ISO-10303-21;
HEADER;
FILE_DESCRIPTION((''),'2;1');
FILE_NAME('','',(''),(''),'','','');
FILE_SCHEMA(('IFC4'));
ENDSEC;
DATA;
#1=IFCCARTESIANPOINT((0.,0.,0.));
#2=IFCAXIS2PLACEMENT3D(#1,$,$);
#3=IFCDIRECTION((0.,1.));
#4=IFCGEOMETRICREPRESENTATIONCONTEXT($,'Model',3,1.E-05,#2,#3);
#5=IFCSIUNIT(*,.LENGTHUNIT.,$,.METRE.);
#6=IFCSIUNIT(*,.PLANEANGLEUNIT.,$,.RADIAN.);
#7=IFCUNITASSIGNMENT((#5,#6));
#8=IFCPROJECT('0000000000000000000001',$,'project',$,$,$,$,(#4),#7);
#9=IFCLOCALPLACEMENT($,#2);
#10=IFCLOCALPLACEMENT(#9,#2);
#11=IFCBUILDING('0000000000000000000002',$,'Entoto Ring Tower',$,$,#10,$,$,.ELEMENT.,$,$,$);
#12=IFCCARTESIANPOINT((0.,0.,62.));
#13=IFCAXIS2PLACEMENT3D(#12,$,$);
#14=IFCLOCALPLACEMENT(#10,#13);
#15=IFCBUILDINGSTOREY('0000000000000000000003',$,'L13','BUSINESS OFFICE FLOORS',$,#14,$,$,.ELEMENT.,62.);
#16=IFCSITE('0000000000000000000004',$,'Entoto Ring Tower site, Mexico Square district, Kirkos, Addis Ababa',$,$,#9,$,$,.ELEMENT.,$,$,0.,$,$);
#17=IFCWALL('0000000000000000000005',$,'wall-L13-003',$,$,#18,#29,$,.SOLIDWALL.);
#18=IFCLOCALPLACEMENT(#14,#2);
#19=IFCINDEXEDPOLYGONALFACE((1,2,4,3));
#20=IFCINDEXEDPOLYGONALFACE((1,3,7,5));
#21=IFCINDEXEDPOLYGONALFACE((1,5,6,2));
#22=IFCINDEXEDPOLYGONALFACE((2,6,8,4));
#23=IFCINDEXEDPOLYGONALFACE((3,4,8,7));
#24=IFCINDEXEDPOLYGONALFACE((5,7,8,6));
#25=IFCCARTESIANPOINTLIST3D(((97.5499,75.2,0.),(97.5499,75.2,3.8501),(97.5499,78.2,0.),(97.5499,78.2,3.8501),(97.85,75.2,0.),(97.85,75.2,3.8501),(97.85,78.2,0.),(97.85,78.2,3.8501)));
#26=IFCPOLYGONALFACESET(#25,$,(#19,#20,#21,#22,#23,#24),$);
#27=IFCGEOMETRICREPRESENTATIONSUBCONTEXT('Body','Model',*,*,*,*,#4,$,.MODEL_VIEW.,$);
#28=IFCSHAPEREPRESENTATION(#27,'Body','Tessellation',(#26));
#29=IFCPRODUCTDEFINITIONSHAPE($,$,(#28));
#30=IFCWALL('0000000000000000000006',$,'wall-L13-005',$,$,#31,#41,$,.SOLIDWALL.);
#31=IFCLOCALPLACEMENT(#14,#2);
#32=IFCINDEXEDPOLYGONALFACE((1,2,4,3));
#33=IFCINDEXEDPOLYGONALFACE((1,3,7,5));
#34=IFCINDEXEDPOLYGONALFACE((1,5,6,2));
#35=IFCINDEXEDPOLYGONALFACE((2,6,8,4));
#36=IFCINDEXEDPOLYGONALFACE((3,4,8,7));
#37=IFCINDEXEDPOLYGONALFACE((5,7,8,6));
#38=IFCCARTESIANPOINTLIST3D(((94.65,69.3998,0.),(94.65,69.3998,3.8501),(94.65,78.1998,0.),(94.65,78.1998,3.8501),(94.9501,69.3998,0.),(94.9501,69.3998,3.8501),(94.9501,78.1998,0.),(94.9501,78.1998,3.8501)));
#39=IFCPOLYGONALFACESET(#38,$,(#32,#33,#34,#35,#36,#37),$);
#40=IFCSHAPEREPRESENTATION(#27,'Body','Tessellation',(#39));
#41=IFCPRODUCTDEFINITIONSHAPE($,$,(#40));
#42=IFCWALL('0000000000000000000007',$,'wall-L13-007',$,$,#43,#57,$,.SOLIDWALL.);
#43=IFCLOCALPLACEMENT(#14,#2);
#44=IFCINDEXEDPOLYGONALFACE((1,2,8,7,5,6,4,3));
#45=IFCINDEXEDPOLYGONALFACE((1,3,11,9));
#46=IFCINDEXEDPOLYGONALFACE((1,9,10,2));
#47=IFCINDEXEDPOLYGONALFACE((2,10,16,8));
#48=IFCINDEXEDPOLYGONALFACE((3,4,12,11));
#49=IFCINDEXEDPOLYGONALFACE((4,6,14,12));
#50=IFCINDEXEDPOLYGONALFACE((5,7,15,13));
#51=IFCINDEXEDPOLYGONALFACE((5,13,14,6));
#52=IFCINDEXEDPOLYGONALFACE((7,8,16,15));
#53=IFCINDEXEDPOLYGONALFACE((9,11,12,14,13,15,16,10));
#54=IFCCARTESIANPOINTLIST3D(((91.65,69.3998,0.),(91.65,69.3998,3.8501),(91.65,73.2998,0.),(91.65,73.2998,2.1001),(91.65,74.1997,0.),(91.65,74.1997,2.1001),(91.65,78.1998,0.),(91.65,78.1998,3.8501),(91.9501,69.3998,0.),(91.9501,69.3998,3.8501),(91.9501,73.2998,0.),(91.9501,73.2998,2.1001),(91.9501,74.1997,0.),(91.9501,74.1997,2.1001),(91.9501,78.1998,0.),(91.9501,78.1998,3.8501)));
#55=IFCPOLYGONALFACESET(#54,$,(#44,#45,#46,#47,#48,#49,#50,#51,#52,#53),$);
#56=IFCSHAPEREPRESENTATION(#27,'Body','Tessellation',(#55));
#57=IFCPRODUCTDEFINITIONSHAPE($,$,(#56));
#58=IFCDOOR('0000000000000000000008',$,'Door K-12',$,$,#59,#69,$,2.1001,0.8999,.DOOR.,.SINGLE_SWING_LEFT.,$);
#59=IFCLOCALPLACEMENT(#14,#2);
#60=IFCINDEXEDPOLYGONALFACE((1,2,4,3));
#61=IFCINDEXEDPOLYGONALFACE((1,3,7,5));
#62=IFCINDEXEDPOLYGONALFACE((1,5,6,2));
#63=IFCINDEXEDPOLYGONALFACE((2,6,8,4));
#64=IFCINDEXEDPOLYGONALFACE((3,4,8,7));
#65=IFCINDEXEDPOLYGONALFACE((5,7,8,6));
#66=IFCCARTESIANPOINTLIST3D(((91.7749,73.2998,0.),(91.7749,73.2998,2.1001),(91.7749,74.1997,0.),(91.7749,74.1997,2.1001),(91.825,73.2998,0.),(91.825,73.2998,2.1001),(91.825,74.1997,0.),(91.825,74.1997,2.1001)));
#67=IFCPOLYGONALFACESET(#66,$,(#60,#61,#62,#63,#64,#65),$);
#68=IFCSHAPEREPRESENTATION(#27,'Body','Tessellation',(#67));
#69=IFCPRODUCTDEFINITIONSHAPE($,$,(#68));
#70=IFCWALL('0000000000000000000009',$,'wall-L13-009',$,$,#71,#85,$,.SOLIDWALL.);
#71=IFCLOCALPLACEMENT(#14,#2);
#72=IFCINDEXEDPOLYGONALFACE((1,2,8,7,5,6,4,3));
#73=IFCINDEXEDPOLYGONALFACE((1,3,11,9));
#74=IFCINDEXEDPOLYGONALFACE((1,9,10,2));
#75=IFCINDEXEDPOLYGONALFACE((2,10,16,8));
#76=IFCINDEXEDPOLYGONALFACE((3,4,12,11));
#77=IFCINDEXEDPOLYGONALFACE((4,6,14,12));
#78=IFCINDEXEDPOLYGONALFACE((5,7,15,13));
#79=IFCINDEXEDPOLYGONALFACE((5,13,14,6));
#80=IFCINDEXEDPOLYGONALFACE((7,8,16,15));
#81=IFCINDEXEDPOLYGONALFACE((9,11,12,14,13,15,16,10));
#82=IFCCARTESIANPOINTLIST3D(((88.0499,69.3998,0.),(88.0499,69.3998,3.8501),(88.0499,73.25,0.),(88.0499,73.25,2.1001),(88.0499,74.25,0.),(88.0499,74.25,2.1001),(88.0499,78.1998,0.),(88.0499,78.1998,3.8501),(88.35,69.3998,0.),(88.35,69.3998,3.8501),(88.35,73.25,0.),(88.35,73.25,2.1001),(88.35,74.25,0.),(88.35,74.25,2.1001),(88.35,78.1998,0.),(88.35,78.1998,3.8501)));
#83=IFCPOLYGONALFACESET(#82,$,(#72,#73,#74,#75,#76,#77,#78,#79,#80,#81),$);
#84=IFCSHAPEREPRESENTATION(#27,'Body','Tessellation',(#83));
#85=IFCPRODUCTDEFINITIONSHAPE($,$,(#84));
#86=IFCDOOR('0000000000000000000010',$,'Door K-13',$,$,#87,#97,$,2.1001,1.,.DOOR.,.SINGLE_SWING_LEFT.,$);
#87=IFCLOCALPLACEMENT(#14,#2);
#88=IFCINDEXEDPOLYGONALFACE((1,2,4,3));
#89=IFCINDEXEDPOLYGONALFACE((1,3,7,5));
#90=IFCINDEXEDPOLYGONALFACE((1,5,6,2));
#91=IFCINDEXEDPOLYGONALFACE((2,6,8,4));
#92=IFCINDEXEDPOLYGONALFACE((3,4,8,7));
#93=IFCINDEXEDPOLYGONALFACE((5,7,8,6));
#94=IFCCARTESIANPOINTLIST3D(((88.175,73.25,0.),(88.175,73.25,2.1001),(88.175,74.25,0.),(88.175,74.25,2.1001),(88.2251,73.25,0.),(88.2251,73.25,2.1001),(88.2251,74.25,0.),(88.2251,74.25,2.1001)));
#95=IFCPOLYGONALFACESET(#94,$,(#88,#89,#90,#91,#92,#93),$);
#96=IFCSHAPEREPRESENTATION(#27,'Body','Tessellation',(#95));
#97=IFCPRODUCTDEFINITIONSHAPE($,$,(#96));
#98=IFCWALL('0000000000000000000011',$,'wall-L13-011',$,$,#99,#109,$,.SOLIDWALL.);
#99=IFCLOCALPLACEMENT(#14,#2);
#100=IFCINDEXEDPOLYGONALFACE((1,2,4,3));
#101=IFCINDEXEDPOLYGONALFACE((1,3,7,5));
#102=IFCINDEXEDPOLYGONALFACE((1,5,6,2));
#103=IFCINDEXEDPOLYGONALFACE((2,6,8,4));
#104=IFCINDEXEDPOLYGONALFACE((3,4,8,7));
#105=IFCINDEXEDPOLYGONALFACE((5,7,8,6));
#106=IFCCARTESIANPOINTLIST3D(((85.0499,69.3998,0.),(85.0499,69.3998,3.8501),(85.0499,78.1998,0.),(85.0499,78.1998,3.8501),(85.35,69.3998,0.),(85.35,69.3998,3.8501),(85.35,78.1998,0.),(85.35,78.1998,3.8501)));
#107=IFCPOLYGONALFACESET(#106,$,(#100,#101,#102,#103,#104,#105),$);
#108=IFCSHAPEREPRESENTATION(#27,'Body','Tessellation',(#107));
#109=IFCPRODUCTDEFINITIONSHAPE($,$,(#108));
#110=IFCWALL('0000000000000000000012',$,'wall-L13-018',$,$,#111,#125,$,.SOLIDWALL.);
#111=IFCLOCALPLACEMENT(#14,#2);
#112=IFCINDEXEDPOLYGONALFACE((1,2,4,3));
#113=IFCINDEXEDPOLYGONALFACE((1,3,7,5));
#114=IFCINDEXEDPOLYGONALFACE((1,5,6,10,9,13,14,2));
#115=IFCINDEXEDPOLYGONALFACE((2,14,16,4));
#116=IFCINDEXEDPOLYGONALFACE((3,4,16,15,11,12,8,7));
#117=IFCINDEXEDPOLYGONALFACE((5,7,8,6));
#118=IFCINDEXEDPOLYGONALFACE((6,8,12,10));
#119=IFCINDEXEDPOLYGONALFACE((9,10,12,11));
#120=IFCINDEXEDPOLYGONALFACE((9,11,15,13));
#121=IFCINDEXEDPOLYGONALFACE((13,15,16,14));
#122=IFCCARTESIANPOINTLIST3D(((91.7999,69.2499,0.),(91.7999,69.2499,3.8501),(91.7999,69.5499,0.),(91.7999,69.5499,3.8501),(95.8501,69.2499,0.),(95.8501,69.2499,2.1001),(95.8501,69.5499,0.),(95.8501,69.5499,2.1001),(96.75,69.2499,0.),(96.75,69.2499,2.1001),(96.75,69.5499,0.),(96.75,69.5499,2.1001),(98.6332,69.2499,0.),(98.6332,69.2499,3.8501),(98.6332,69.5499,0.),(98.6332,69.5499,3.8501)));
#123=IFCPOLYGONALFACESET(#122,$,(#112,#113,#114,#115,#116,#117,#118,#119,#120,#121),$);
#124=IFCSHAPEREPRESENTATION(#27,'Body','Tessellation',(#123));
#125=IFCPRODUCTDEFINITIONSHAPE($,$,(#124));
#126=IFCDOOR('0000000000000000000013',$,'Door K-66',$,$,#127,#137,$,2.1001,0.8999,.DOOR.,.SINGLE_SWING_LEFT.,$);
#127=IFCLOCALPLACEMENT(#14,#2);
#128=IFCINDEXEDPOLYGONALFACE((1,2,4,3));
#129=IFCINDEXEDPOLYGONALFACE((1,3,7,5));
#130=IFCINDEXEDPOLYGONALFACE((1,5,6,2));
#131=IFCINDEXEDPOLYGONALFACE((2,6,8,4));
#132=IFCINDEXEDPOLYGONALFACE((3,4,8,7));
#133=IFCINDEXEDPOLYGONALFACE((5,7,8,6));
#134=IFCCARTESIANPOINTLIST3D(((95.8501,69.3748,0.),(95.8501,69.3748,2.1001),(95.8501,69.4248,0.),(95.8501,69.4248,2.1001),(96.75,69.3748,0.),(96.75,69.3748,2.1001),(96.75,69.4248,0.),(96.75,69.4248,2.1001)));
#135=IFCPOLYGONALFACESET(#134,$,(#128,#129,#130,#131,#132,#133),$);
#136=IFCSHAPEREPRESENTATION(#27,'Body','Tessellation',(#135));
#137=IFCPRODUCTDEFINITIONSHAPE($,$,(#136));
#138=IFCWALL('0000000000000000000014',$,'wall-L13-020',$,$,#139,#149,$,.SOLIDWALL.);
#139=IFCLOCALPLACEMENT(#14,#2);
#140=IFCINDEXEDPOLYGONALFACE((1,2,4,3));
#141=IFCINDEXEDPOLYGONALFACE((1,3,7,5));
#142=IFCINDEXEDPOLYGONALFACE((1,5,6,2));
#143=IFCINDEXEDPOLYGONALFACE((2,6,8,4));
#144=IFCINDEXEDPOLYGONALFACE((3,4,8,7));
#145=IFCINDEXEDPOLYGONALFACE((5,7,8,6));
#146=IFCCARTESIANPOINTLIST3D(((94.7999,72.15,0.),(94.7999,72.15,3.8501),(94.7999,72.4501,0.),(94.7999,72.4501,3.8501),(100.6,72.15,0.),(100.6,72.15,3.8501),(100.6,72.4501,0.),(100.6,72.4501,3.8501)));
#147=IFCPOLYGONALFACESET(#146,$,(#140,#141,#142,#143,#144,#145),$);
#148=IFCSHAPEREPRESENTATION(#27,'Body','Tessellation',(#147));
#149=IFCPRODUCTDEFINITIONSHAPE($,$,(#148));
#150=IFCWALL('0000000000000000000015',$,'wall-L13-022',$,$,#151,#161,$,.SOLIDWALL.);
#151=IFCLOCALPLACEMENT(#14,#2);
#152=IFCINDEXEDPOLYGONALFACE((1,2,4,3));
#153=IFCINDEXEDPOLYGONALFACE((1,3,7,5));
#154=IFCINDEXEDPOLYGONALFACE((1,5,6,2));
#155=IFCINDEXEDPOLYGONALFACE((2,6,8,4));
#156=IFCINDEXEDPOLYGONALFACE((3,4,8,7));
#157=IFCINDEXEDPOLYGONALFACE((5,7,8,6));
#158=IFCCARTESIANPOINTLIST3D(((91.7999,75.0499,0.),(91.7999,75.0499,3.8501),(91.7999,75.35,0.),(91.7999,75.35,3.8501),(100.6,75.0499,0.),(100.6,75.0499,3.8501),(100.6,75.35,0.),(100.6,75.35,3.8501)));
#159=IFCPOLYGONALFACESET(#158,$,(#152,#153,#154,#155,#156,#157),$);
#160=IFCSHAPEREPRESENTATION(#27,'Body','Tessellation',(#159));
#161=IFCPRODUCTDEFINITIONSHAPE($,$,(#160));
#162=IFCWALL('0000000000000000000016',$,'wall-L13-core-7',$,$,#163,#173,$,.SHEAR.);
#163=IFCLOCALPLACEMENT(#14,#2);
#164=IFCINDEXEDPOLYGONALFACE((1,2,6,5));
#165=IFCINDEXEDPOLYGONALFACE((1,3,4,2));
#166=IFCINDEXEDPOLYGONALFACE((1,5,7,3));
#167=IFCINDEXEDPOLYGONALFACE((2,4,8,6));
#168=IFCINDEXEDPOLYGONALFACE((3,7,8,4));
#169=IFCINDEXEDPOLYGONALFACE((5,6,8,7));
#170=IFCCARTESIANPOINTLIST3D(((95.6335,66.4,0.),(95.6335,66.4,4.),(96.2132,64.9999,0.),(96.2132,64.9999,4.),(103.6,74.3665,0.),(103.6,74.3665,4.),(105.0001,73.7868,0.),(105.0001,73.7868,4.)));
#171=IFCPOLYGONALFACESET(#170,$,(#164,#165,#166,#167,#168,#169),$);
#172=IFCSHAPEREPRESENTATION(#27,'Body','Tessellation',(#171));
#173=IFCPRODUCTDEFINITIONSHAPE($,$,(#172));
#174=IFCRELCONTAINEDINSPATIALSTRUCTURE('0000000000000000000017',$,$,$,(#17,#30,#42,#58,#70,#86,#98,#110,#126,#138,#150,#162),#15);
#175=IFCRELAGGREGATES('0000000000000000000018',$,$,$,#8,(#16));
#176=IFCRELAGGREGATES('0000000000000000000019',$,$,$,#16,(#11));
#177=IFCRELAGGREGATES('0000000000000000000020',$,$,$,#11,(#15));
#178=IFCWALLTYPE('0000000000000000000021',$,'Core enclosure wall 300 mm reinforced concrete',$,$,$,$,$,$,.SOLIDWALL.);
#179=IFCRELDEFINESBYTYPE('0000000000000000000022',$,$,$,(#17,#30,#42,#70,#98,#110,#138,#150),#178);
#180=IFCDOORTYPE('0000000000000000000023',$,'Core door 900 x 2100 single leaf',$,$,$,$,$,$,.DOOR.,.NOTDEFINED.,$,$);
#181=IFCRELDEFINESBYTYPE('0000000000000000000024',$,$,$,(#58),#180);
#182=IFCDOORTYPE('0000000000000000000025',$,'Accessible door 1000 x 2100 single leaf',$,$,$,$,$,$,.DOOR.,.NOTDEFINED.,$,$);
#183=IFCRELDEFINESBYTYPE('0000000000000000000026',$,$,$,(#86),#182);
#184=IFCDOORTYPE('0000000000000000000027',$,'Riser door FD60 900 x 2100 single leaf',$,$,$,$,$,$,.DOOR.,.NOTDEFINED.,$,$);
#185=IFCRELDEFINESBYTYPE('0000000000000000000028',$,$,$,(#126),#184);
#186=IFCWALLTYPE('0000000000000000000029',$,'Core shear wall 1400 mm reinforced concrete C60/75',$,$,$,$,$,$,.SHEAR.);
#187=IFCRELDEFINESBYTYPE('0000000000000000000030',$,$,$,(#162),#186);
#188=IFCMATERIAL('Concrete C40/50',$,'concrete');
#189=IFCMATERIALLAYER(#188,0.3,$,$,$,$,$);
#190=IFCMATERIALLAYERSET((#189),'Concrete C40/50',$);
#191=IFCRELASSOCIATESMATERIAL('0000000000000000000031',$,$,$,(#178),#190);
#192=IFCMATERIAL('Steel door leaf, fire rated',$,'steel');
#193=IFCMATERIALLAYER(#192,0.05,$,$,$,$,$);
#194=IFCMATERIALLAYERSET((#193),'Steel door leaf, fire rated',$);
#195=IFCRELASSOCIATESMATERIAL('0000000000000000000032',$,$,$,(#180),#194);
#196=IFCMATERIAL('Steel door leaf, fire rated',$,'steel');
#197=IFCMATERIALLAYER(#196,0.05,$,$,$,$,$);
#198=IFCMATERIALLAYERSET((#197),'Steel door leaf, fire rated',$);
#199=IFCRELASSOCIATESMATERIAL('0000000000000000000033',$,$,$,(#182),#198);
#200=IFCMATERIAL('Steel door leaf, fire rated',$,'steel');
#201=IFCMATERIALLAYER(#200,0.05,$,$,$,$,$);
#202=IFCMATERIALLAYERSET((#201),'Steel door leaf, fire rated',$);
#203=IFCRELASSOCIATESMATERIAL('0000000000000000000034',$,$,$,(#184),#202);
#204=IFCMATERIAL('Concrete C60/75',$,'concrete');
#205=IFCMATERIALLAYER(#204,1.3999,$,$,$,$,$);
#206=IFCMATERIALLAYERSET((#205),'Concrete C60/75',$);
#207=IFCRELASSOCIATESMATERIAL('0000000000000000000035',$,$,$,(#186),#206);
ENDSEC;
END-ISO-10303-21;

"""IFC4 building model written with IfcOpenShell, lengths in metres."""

from ifc_helpers import new_model, si_unit, direction, frame, frame_2d, origin, place, context, subcontext, project, spatial, polyline, rectangle, outline, extrude, material, layer, layer_set, type_object, element, fill, save


model = new_model("IFC4")

# Units and contexts
model_context = context("Model", 3, precision=1e-05, world=origin(), true_north=direction((0.0, 1.0)))
body_context = subcontext(model_context, "Body", "Model", "MODEL_VIEW")
ifc_project = project(units=[si_unit("LENGTHUNIT", "METRE"), si_unit("PLANEANGLEUNIT", "RADIAN")], contexts=[model_context])

# Site, building, storey
site_placement = place(None, origin())
site = spatial("IfcSite", under=ifc_project, at=site_placement, Name="Entoto Ring Tower site, Mexico Square district, Kirkos, Addis Ababa", CompositionType="ELEMENT", RefElevation=0.0)
building_placement = place(site_placement, origin())
building = spatial("IfcBuilding", under=site, at=building_placement, Name="Entoto Ring Tower", CompositionType="ELEMENT")
storey_placement = place(building_placement, frame((0.0, 0.0, 62.0)))
storey = spatial("IfcBuildingStorey", under=building, at=storey_placement, Name="L13", Description="BUSINESS OFFICE FLOORS", CompositionType="ELEMENT", Elevation=62.0)

# Walls
ifc_material_1 = material(Name="Concrete C40/50", Category="concrete")
ifc_layer_1 = layer(ifc_material_1, 0.3)
ifc_layer_set_1 = layer_set([ifc_layer_1], Name="Concrete C40/50")
wall_type_1 = type_object("IfcWallType", Name="Core enclosure wall 300 mm reinforced concrete", PredefinedType="SOLIDWALL", material=ifc_layer_set_1)
wall_1_placement = place(storey_placement, frame((97.7, 75.2, 0.0), z_axis=(0.0, 0.0, 1.0), x_axis=(0.0, 1.0, 0.0)))
element("IfcWall", 1, at=wall_1_placement, inside=storey, type_object=wall_type_1, Name="wall-L13-003", PredefinedType="SOLIDWALL", context=body_context, shape_type="SweptSolid", body=[
    extrude(rectangle(XDim=3.0, YDim=0.3, at=frame_2d((1.5, 0.0))), origin(), (0.0, 0.0, 1.0), 3.8501),
])
wall_2_placement = place(storey_placement, frame((94.8, 69.3999, 0.0), z_axis=(0.0, 0.0, 1.0), x_axis=(0.0, 1.0, 0.0)))
element("IfcWall", 2, at=wall_2_placement, inside=storey, type_object=wall_type_1, Name="wall-L13-005", PredefinedType="SOLIDWALL", context=body_context, shape_type="SweptSolid", body=[
    extrude(rectangle(XDim=8.8, YDim=0.3, at=frame_2d((4.3999, 0.0))), origin(), (0.0, 0.0, 1.0), 3.8501),
])

# Walls, openings, doors
wall_3_placement = place(storey_placement, frame((91.8, 69.3999, 0.0), z_axis=(0.0, 0.0, 1.0), x_axis=(0.0, 1.0, 0.0)))
wall_3 = element("IfcWall", 3, at=wall_3_placement, inside=storey, type_object=wall_type_1, Name="wall-L13-007", PredefinedType="SOLIDWALL", context=body_context, shape_type="SweptSolid", body=[
    extrude(rectangle(XDim=8.8, YDim=0.3, at=frame_2d((4.3999, 0.0))), origin(), (0.0, 0.0, 1.0), 3.8501),
])
opening_1_placement = place(wall_3_placement, frame((3.8999, 0.0, 0.0)))
opening_1 = element("IfcOpeningElement", 4, at=opening_1_placement, cuts=wall_3, PredefinedType="OPENING", context=body_context, shape_type="SweptSolid", body=[
    extrude(rectangle(XDim=0.8999, YDim=2.1001, at=frame_2d((0.45, 1.05))), frame((0.0, 0.1602, 0.0), z_axis=(0.0, -1.0, 0.0), x_axis=(1.0, 0.0, 0.0)), (0.0, 0.0, 1.0), 0.3201),
])
ifc_material_2 = material(Name="Steel door leaf, fire rated", Category="steel")
ifc_layer_2 = layer(ifc_material_2, 0.05)
ifc_layer_set_2 = layer_set([ifc_layer_2], Name="Steel door leaf, fire rated")
door_type_1 = type_object("IfcDoorType", Name="Core door 900 x 2100 single leaf", OperationType="NOTDEFINED", PredefinedType="DOOR", material=ifc_layer_set_2)
door_1_placement = place(opening_1_placement, frame((0.8999, 0.0, 0.0), z_axis=(0.0, 0.0, 1.0), x_axis=(-1.0, 0.0, 0.0)))
door_1 = element("IfcDoor", 5, at=door_1_placement, inside=storey, type_object=door_type_1, Name="Door K-12", OperationType="SINGLE_SWING_LEFT", OverallHeight=2.1001, OverallWidth=0.8999, PredefinedType="DOOR", context=body_context, shape_type="SweptSolid", body=[
    extrude(rectangle(XDim=0.8999, YDim=2.1001, at=frame_2d((0.45, 1.05))), frame((0.0, 0.0249, 0.0), z_axis=(0.0, -1.0, 0.0), x_axis=(1.0, 0.0, 0.0)), (0.0, 0.0, 1.0), 0.05),
])
fill(opening_1, door_1)
wall_4_placement = place(storey_placement, frame((88.2, 69.3999, 0.0), z_axis=(0.0, 0.0, 1.0), x_axis=(0.0, 1.0, 0.0)))
wall_4 = element("IfcWall", 6, at=wall_4_placement, inside=storey, type_object=wall_type_1, Name="wall-L13-009", PredefinedType="SOLIDWALL", context=body_context, shape_type="SweptSolid", body=[
    extrude(rectangle(XDim=8.8, YDim=0.3, at=frame_2d((4.3999, 0.0))), origin(), (0.0, 0.0, 1.0), 3.8501),
])
opening_2_placement = place(wall_4_placement, frame((3.8501, 0.0, 0.0)))
opening_2 = element("IfcOpeningElement", 7, at=opening_2_placement, cuts=wall_4, PredefinedType="OPENING", context=body_context, shape_type="SweptSolid", body=[
    extrude(rectangle(XDim=1.0, YDim=2.1001, at=frame_2d((0.5, 1.05))), frame((0.0, 0.1602, 0.0), z_axis=(0.0, -1.0, 0.0), x_axis=(1.0, 0.0, 0.0)), (0.0, 0.0, 1.0), 0.3201),
])
ifc_material_3 = material(Name="Steel door leaf, fire rated", Category="steel")
ifc_layer_3 = layer(ifc_material_3, 0.05)
ifc_layer_set_3 = layer_set([ifc_layer_3], Name="Steel door leaf, fire rated")
door_type_2 = type_object("IfcDoorType", Name="Accessible door 1000 x 2100 single leaf", OperationType="NOTDEFINED", PredefinedType="DOOR", material=ifc_layer_set_3)
door_2_placement = place(opening_2_placement, origin())
door_2 = element("IfcDoor", 8, at=door_2_placement, inside=storey, type_object=door_type_2, Name="Door K-13", OperationType="SINGLE_SWING_LEFT", OverallHeight=2.1001, OverallWidth=1.0, PredefinedType="DOOR", context=body_context, shape_type="SweptSolid", body=[
    extrude(rectangle(XDim=1.0, YDim=2.1001, at=frame_2d((0.5, 1.05))), frame((0.0, 0.0249, 0.0), z_axis=(0.0, -1.0, 0.0), x_axis=(1.0, 0.0, 0.0)), (0.0, 0.0, 1.0), 0.05),
])
fill(opening_2, door_2)

# Wall
wall_5_placement = place(storey_placement, frame((85.2, 69.3999, 0.0), z_axis=(0.0, 0.0, 1.0), x_axis=(0.0, 1.0, 0.0)))
element("IfcWall", 9, at=wall_5_placement, inside=storey, type_object=wall_type_1, Name="wall-L13-011", PredefinedType="SOLIDWALL", context=body_context, shape_type="SweptSolid", body=[
    extrude(rectangle(XDim=8.8, YDim=0.3, at=frame_2d((4.3999, 0.0))), origin(), (0.0, 0.0, 1.0), 3.8501),
])

# Wall, opening, door
wall_6_placement = place(storey_placement, frame((91.8, 69.3999, 0.0), z_axis=(0.0, 0.0, 1.0), x_axis=(1.0, 0.0, 0.0)))
wall_6 = element("IfcWall", 10, at=wall_6_placement, inside=storey, type_object=wall_type_1, Name="wall-L13-018", PredefinedType="SOLIDWALL", context=body_context, shape_type="SweptSolid", body=[
    extrude(rectangle(XDim=6.8333, YDim=0.3, at=frame_2d((3.4165, 0.0))), origin(), (0.0, 0.0, 1.0), 3.8501),
])
opening_3_placement = place(wall_6_placement, frame((4.05, 0.0, 0.0)))
opening_3 = element("IfcOpeningElement", 11, at=opening_3_placement, cuts=wall_6, PredefinedType="OPENING", context=body_context, shape_type="SweptSolid", body=[
    extrude(rectangle(XDim=0.8999, YDim=2.1001, at=frame_2d((0.45, 1.05))), frame((0.0, 0.1602, 0.0), z_axis=(0.0, -1.0, 0.0), x_axis=(1.0, 0.0, 0.0)), (0.0, 0.0, 1.0), 0.3201),
])
ifc_material_4 = material(Name="Steel door leaf, fire rated", Category="steel")
ifc_layer_4 = layer(ifc_material_4, 0.05)
ifc_layer_set_4 = layer_set([ifc_layer_4], Name="Steel door leaf, fire rated")
door_type_3 = type_object("IfcDoorType", Name="Riser door FD60 900 x 2100 single leaf", OperationType="NOTDEFINED", PredefinedType="DOOR", material=ifc_layer_set_4)
door_3_placement = place(opening_3_placement, origin())
door_3 = element("IfcDoor", 12, at=door_3_placement, inside=storey, type_object=door_type_3, Name="Door K-66", OperationType="SINGLE_SWING_LEFT", OverallHeight=2.1001, OverallWidth=0.8999, PredefinedType="DOOR", context=body_context, shape_type="SweptSolid", body=[
    extrude(rectangle(XDim=0.8999, YDim=2.1001, at=frame_2d((0.45, 1.05))), frame((0.0, 0.0249, 0.0), z_axis=(0.0, -1.0, 0.0), x_axis=(1.0, 0.0, 0.0)), (0.0, 0.0, 1.0), 0.05),
])
fill(opening_3, door_3)

# Walls
wall_7_placement = place(storey_placement, frame((94.8, 72.3, 0.0), z_axis=(0.0, 0.0, 1.0), x_axis=(1.0, 0.0, 0.0)))
element("IfcWall", 13, at=wall_7_placement, inside=storey, type_object=wall_type_1, Name="wall-L13-020", PredefinedType="SOLIDWALL", context=body_context, shape_type="SweptSolid", body=[
    extrude(rectangle(XDim=5.8, YDim=0.3, at=frame_2d((2.8999, 0.0))), origin(), (0.0, 0.0, 1.0), 3.8501),
])
wall_8_placement = place(storey_placement, frame((91.8, 75.2, 0.0), z_axis=(0.0, 0.0, 1.0), x_axis=(1.0, 0.0, 0.0)))
element("IfcWall", 14, at=wall_8_placement, inside=storey, type_object=wall_type_1, Name="wall-L13-022", PredefinedType="SOLIDWALL", context=body_context, shape_type="SweptSolid", body=[
    extrude(rectangle(XDim=8.8, YDim=0.3, at=frame_2d((4.3999, 0.0))), origin(), (0.0, 0.0, 1.0), 3.8501),
])
ifc_material_5 = material(Name="Concrete C60/75", Category="concrete")
ifc_layer_5 = layer(ifc_material_5, 1.3999)
ifc_layer_set_5 = layer_set([ifc_layer_5], Name="Concrete C60/75")
wall_type_2 = type_object("IfcWallType", Name="Core shear wall 1400 mm reinforced concrete C60/75", PredefinedType="SHEAR", material=ifc_layer_set_5)
wall_9_placement = place(storey_placement, frame((95.9233, 65.7, 0.0), z_axis=(0.0, 0.0, 1.0), x_axis=(0.707107, 0.707107, 0.0)))
element("IfcWall", 15, at=wall_9_placement, inside=storey, type_object=wall_type_2, Name="wall-L13-core-7", PredefinedType="SHEAR", context=body_context, shape_type="SweptSolid", body=[
    extrude(outline(polyline([(-0.29, -0.7), (12.1365, -0.7), (11.5564, 0.7), (0.29, 0.7), (-0.29, -0.7)])), origin(), (0.0, 0.0, 1.0), 4.0),
])

save(model, "model.ifc")
